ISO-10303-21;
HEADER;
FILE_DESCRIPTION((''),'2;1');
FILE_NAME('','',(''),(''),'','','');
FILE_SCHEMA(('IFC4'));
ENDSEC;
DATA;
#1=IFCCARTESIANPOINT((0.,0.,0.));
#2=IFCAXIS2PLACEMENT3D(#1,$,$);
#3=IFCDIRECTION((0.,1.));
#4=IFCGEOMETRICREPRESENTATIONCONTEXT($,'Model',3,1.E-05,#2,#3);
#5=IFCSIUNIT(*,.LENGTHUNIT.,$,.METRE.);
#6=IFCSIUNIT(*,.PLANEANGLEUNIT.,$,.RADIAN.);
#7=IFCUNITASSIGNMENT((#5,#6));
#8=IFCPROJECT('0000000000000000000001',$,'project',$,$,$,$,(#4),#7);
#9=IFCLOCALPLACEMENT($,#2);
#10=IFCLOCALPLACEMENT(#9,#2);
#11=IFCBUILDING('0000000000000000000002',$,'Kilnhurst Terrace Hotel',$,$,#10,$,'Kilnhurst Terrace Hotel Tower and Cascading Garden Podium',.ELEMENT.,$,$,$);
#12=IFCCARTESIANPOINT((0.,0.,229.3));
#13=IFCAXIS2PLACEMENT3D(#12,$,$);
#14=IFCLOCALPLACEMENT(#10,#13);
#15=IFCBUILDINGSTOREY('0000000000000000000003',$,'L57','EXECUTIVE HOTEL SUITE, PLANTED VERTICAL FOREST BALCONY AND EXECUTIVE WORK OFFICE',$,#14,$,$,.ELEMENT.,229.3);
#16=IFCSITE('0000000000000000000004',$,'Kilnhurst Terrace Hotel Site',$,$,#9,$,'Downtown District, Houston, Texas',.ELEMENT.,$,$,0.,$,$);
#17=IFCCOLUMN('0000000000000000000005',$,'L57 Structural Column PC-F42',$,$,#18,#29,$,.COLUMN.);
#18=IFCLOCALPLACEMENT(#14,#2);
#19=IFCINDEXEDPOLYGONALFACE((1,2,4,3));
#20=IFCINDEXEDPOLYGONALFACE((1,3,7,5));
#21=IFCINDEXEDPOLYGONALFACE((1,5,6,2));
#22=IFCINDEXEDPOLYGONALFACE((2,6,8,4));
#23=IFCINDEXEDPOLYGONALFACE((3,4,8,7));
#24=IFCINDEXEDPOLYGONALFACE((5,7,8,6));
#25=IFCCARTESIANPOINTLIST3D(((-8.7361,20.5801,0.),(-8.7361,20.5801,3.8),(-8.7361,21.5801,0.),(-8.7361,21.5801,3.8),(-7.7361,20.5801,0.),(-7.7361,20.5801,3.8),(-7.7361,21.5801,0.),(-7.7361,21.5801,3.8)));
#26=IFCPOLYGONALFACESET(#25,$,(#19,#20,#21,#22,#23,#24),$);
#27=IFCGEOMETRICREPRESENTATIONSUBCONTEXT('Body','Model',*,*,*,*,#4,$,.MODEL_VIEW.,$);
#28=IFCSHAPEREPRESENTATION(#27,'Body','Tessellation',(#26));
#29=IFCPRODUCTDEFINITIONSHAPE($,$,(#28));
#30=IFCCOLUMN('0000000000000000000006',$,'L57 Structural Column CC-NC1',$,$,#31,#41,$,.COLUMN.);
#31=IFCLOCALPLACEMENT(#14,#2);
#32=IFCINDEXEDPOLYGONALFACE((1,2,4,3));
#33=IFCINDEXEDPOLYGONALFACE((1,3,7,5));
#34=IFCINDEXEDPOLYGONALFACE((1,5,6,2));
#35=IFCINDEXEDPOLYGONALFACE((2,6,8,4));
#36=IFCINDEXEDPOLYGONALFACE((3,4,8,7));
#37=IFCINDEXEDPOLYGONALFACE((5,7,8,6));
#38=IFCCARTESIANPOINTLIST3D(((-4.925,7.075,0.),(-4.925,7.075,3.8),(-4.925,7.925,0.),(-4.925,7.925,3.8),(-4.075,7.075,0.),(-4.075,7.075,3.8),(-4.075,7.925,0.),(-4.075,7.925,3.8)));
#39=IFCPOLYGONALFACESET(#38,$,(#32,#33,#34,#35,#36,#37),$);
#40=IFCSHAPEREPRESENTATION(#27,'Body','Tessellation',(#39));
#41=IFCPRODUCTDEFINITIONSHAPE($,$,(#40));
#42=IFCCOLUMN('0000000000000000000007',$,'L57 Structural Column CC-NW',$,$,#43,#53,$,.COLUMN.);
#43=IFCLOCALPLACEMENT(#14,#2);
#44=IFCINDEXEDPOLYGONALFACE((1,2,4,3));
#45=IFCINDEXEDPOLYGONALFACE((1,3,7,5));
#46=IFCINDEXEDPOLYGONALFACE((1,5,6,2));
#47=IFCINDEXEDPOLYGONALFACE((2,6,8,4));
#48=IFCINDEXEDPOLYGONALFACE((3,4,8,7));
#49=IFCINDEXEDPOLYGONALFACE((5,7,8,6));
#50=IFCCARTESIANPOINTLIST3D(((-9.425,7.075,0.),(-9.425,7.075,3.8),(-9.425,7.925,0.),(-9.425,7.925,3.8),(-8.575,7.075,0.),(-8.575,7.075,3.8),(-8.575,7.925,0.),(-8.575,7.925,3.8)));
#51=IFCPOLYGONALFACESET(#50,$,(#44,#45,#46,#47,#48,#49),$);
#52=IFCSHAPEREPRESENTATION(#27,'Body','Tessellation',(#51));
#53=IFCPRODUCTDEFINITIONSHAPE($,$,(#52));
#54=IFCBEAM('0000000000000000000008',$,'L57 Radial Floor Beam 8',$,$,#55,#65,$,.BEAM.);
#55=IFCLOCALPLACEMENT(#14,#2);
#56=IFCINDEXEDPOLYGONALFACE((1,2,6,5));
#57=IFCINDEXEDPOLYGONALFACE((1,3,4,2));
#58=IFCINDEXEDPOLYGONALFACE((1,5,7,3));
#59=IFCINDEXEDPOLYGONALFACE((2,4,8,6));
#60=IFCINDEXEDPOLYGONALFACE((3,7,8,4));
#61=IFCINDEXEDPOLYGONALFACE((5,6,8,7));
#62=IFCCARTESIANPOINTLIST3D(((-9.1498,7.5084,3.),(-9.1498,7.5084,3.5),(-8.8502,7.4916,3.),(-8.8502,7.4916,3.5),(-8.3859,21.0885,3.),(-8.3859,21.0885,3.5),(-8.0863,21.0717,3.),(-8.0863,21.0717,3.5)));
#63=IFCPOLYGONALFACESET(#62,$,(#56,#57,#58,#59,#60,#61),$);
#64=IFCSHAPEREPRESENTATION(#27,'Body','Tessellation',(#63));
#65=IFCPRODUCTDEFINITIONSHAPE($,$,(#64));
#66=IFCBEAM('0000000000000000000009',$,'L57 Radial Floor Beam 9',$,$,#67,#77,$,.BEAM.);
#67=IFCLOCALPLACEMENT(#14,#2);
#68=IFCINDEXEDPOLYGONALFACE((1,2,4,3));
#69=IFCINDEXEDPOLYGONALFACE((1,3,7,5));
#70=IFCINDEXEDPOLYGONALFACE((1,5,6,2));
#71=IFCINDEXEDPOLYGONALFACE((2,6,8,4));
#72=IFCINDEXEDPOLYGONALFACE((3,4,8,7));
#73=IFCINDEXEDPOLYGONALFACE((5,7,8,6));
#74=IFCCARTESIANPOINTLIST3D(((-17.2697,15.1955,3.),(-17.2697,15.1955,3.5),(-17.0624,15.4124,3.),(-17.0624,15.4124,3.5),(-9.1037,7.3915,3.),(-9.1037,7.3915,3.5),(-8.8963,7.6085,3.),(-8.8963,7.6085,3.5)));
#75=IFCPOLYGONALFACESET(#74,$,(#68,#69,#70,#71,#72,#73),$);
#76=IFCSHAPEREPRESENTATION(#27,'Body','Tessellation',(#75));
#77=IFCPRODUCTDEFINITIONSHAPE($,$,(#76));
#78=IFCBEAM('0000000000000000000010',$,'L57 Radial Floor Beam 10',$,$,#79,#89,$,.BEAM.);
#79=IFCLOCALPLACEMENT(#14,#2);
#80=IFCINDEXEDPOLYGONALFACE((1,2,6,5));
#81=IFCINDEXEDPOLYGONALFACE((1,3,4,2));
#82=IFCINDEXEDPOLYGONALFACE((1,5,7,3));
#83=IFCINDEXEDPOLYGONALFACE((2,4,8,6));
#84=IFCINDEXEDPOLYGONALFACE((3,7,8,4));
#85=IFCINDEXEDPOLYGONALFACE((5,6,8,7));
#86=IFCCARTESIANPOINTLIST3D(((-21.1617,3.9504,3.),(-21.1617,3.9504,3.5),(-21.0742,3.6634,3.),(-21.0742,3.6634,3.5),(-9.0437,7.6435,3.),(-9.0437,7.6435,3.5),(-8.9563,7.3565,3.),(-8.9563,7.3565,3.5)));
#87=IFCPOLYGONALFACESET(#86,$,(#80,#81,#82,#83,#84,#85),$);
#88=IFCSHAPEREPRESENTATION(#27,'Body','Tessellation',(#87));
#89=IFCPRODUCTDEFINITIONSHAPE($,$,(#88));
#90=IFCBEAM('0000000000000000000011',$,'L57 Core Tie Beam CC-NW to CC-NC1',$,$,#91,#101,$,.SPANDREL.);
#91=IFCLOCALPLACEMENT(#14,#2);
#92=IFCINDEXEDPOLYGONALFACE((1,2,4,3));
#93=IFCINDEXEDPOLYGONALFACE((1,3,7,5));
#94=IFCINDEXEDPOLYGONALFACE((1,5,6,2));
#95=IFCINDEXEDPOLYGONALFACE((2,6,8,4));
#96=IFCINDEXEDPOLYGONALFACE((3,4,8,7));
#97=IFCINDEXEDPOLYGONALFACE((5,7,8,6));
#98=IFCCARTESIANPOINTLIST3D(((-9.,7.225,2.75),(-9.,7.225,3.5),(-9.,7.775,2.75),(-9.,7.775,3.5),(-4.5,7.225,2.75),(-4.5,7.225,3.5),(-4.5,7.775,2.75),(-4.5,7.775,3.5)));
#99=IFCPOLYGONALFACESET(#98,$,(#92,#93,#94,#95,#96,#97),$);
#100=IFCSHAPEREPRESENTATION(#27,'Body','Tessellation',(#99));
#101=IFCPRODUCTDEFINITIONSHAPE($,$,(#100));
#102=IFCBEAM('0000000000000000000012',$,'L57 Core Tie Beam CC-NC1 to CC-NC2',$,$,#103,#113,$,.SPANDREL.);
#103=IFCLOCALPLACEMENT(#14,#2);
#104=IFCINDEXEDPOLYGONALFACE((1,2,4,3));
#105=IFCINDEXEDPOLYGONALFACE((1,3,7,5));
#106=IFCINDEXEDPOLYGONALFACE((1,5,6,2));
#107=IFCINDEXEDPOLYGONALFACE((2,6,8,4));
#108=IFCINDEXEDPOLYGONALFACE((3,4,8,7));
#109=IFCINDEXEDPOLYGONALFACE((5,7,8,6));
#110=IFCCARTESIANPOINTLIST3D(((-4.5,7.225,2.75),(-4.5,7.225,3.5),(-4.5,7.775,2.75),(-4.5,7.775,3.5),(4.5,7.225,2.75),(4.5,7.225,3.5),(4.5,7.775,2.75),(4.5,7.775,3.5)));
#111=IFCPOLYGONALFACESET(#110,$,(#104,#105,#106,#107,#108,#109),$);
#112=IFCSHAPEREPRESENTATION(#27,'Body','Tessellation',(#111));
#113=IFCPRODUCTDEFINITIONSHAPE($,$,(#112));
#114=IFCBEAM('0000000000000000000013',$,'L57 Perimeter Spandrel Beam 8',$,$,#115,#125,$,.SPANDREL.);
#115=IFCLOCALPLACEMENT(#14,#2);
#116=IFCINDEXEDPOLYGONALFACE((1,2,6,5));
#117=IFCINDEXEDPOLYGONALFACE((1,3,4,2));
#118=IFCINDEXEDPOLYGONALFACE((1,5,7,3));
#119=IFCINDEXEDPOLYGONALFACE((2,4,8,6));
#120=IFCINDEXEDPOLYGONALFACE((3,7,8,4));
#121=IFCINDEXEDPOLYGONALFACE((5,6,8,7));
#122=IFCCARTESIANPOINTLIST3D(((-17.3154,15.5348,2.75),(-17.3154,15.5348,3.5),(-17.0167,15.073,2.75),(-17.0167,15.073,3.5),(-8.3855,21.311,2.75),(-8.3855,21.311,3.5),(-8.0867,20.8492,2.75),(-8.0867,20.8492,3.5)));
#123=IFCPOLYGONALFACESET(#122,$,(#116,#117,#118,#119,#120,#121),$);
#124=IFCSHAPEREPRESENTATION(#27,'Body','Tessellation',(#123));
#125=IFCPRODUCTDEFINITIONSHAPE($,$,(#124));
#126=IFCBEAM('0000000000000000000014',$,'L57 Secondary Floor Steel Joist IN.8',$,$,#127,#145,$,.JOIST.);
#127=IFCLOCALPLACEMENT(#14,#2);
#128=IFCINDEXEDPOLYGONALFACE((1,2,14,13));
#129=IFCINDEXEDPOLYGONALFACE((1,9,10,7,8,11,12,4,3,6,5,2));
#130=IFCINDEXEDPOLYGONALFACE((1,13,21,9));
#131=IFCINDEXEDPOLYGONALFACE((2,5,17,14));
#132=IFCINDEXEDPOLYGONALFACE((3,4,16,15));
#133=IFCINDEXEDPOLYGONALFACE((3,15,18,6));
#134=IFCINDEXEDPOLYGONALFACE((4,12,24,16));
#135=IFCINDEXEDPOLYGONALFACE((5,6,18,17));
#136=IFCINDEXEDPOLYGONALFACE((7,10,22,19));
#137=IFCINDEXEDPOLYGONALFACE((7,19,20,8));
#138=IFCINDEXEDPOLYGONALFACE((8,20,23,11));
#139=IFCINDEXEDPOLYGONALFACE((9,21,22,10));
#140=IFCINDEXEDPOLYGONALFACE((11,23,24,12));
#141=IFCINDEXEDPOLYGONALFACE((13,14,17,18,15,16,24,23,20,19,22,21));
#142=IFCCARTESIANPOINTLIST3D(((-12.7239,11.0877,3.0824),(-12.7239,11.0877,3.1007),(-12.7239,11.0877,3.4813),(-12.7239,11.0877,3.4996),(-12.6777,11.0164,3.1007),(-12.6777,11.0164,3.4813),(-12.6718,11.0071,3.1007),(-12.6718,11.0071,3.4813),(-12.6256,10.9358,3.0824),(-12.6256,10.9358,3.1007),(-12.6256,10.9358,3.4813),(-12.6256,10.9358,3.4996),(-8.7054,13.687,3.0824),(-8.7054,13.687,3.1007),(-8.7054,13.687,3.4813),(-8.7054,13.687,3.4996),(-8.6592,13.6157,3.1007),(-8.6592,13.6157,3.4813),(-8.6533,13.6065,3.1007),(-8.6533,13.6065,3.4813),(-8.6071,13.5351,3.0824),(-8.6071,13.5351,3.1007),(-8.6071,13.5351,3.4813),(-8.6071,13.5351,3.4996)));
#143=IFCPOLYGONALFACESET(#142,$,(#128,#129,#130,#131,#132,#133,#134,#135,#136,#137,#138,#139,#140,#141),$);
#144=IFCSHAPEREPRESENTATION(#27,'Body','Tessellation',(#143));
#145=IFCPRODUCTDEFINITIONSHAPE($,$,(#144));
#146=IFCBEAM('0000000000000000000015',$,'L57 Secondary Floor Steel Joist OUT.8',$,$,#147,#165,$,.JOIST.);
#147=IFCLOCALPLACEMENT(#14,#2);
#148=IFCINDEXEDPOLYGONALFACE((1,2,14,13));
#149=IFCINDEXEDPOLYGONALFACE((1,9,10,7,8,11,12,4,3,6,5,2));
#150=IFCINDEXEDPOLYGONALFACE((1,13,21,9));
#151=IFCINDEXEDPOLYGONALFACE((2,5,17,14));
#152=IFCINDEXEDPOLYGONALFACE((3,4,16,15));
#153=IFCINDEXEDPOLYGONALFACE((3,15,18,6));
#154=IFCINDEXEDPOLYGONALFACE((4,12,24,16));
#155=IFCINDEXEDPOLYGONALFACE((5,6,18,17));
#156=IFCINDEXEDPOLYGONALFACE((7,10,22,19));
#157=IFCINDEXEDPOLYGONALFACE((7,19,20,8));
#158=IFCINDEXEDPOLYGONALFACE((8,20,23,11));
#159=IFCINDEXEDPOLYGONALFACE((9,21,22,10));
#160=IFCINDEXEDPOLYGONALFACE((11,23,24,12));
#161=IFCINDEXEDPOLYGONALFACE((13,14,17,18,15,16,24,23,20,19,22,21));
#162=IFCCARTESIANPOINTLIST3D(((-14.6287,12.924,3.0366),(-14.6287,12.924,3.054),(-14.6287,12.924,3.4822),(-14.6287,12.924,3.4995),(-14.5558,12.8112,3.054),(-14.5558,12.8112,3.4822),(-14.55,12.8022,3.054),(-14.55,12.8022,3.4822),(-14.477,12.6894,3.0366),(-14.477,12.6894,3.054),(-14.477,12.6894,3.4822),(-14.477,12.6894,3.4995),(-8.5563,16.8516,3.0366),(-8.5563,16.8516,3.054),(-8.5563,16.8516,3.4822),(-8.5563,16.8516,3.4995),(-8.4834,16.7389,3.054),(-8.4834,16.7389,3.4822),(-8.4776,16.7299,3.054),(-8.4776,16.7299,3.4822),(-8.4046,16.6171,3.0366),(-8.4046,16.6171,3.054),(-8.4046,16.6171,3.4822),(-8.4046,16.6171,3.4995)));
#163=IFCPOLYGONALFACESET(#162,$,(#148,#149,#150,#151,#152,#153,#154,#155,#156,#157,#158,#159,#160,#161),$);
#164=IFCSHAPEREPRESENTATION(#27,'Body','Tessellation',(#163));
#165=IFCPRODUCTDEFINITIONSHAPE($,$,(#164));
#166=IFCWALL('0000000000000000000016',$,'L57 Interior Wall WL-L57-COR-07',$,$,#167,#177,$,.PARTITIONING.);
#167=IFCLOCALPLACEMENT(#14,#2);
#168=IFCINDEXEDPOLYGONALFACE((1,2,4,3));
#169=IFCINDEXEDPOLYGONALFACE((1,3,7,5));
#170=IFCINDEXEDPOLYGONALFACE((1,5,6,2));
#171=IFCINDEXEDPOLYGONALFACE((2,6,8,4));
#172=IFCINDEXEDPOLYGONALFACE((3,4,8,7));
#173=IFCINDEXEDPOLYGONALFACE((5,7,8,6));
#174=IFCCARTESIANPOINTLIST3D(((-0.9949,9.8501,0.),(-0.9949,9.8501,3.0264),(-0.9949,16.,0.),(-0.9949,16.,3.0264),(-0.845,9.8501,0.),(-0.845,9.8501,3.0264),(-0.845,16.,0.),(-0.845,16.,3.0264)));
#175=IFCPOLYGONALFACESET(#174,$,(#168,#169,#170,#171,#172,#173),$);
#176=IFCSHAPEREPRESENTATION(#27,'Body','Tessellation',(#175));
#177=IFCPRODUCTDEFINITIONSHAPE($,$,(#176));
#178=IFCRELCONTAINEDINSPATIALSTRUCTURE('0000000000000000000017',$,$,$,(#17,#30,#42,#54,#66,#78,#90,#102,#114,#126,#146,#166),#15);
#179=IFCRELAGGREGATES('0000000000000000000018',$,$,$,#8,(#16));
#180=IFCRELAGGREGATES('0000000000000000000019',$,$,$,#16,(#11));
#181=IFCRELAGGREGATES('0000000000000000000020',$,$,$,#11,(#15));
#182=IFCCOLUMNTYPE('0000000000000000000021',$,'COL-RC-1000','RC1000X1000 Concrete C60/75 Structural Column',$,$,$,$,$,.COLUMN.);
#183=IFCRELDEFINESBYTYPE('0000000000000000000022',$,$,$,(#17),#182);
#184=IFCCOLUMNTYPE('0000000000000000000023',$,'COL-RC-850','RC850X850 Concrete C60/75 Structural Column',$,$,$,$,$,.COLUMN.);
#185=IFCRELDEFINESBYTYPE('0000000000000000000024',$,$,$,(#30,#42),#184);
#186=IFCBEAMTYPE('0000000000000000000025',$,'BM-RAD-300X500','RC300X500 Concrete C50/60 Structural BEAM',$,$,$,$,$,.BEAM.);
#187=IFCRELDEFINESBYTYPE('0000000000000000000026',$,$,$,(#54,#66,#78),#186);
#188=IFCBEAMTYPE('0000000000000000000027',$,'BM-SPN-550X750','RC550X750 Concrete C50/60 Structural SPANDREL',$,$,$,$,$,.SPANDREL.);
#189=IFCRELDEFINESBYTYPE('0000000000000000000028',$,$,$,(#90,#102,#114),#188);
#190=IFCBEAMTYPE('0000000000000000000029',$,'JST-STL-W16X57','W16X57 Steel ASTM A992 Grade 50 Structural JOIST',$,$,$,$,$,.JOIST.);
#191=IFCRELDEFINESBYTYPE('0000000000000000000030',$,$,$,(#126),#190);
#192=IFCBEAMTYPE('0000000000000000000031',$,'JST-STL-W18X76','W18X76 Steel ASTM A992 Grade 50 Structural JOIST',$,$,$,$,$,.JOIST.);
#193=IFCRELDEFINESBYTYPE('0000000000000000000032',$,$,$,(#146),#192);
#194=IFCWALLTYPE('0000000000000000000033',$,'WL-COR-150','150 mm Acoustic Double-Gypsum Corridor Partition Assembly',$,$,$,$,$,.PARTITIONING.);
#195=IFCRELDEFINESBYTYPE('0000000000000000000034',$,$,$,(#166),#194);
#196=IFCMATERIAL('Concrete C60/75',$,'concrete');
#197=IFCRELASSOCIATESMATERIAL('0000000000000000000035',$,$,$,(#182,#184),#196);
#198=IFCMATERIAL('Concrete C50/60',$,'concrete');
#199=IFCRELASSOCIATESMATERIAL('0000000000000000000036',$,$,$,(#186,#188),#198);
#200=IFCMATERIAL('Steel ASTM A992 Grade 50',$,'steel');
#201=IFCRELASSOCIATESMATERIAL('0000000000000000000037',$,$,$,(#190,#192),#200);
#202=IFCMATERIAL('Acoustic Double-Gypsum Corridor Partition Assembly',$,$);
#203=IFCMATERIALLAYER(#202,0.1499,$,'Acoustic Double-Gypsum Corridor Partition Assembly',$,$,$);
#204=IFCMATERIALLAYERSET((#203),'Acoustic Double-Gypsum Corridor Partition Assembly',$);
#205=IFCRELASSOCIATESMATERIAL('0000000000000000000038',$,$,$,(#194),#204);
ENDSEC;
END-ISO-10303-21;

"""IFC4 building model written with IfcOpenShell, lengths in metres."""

from ifc_helpers import new_model, si_unit, direction, frame, frame_2d, origin, origin_2d, place, context, subcontext, project, spatial, rectangle, i_section, extrude, material, layer, layer_set, material_profile, profile_set, type_object, element, save


model = new_model("IFC4")

# Units and contexts
model_context = context("Model", 3, precision=1e-05, world=origin(), true_north=direction((0.0, 1.0)))
body_context = subcontext(model_context, "Body", "Model", "MODEL_VIEW")
ifc_project = project(units=[si_unit("LENGTHUNIT", "METRE"), si_unit("PLANEANGLEUNIT", "RADIAN")], contexts=[model_context])

# Site, building, storey
site_placement = place(None, origin())
site = spatial("IfcSite", under=ifc_project, at=site_placement, Name="Kilnhurst Terrace Hotel Site", LongName="Downtown District, Houston, Texas", CompositionType="ELEMENT", RefElevation=0.0)
building_placement = place(site_placement, origin())
building = spatial("IfcBuilding", under=site, at=building_placement, Name="Kilnhurst Terrace Hotel", LongName="Kilnhurst Terrace Hotel Tower and Cascading Garden Podium", CompositionType="ELEMENT")
storey_placement = place(building_placement, frame((0.0, 0.0, 229.3)))
storey = spatial("IfcBuildingStorey", under=building, at=storey_placement, Name="L57", Description="EXECUTIVE HOTEL SUITE, PLANTED VERTICAL FOREST BALCONY AND EXECUTIVE WORK OFFICE", CompositionType="ELEMENT", Elevation=229.3)

# Columns
ifc_material_1 = material(Name="Concrete C60/75", Category="concrete")
ifc_material_profile_1 = material_profile(ifc_material_1, rectangle(XDim=1.0, YDim=1.0, at=origin_2d()), Name="RC1000X1000")
ifc_profile_set_1 = profile_set([ifc_material_profile_1], Name="Concrete C60/75")
column_type_1 = type_object("IfcColumnType", Name="COL-RC-1000", Description="RC1000X1000 Concrete C60/75 Structural Column", PredefinedType="COLUMN", material=ifc_profile_set_1)
column_placement = place(storey_placement, frame((-8.2361, 21.0801, 0.0), z_axis=(0.0, 0.0, 1.0), x_axis=(1.0, 0.0, 0.0)))
element("IfcColumn", 1, at=column_placement, inside=storey, type_object=column_type_1, Name="L57 Structural Column PC-F42", PredefinedType="COLUMN", context=body_context, shape_type="SweptSolid", body=[
    extrude(rectangle(XDim=1.0, YDim=1.0, at=origin_2d()), origin(), (0.0, 0.0, 1.0), 3.8),
])
ifc_material_profile_2 = material_profile(ifc_material_1, rectangle(XDim=0.8501, YDim=0.8501, at=origin_2d()), Name="RC850X850")
ifc_profile_set_2 = profile_set([ifc_material_profile_2], Name="Concrete C60/75")
column_type_2 = type_object("IfcColumnType", Name="COL-RC-850", Description="RC850X850 Concrete C60/75 Structural Column", PredefinedType="COLUMN", material=ifc_profile_set_2)
for number, where, z_axis, x_axis, name in (
    (2, (-4.5, 7.5, 0.0), (0.0, 0.0, 1.0), (1.0, 0.0, 0.0), "L57 Structural Column CC-NC1"),
    (3, (-9.0, 7.5, 0.0), (0.0, 0.0, 1.0), (1.0, 0.0, 0.0), "L57 Structural Column CC-NW"),
):
    element("IfcColumn", number, at=place(storey_placement, frame(where, z_axis=z_axis, x_axis=x_axis)), inside=storey, type_object=column_type_2, Name=name, PredefinedType="COLUMN", context=body_context, shape_type="SweptSolid", body=[
        extrude(rectangle(XDim=0.8501, YDim=0.8501, at=origin_2d()), origin(), (0.0, 0.0, 1.0), 3.8),
    ])

# Beams
ifc_material_2 = material(Name="Concrete C50/60", Category="concrete")
ifc_material_profile_3 = material_profile(ifc_material_2, rectangle(XDim=0.3, YDim=0.5, at=origin_2d()), Name="RC300X500")
ifc_profile_set_3 = profile_set([ifc_material_profile_3], Name="Concrete C50/60")
beam_type_1 = type_object("IfcBeamType", Name="BM-RAD-300X500", Description="RC300X500 Concrete C50/60 Structural BEAM", PredefinedType="BEAM", material=ifc_profile_set_3)
beam_1_placement = place(storey_placement, frame((-9.0, 7.5, 3.25), z_axis=(0.056164, 0.998422, 0.0), x_axis=(-0.998422, 0.056164, 0.0)))
element("IfcBeam", 4, at=beam_1_placement, inside=storey, type_object=beam_type_1, Name="L57 Radial Floor Beam 8", PredefinedType="BEAM", context=body_context, shape_type="SweptSolid", body=[
    extrude(rectangle(XDim=0.3, YDim=0.5, at=origin_2d()), origin(), (0.0, 0.0, 1.0), 13.6016),
])
beam_2_placement = place(storey_placement, frame((-9.0, 7.5, 3.25), z_axis=(-0.722952, 0.690898, 0.0), x_axis=(-0.690898, -0.722952, 0.0)))
element("IfcBeam", 5, at=beam_2_placement, inside=storey, type_object=beam_type_1, Name="L57 Radial Floor Beam 9", PredefinedType="BEAM", context=body_context, shape_type="SweptSolid", body=[
    extrude(rectangle(XDim=0.3, YDim=0.5, at=origin_2d()), origin(), (0.0, 0.0, 1.0), 11.2954),
])
beam_3_placement = place(storey_placement, frame((-9.0, 7.5, 3.25), z_axis=(-0.956563, -0.291527, 0.0), x_axis=(0.291527, -0.956563, 0.0)))
element("IfcBeam", 6, at=beam_3_placement, inside=storey, type_object=beam_type_1, Name="L57 Radial Floor Beam 10", PredefinedType="BEAM", context=body_context, shape_type="SweptSolid", body=[
    extrude(rectangle(XDim=0.3, YDim=0.5, at=origin_2d()), origin(), (0.0, 0.0, 1.0), 12.6682),
])
ifc_material_profile_4 = material_profile(ifc_material_2, rectangle(XDim=0.55, YDim=0.75, at=origin_2d()), Name="RC550X750")
ifc_profile_set_4 = profile_set([ifc_material_profile_4], Name="Concrete C50/60")
beam_type_2 = type_object("IfcBeamType", Name="BM-SPN-550X750", Description="RC550X750 Concrete C50/60 Structural SPANDREL", PredefinedType="SPANDREL", material=ifc_profile_set_4)
beam_4_placement = place(storey_placement, frame((-9.0, 7.5, 3.125), z_axis=(1.0, 0.0, 0.0), x_axis=(0.0, 1.0, 0.0)))
element("IfcBeam", 7, at=beam_4_placement, inside=storey, type_object=beam_type_2, Name="L57 Core Tie Beam CC-NW to CC-NC1", PredefinedType="SPANDREL", context=body_context, shape_type="SweptSolid", body=[
    extrude(rectangle(XDim=0.55, YDim=0.75, at=origin_2d()), origin(), (0.0, 0.0, 1.0), 4.5),
])
beam_5_placement = place(storey_placement, frame((-4.5, 7.5, 3.125), z_axis=(1.0, 0.0, 0.0), x_axis=(0.0, 1.0, 0.0)))
element("IfcBeam", 8, at=beam_5_placement, inside=storey, type_object=beam_type_2, Name="L57 Core Tie Beam CC-NC1 to CC-NC2", PredefinedType="SPANDREL", context=body_context, shape_type="SweptSolid", body=[
    extrude(rectangle(XDim=0.55, YDim=0.75, at=origin_2d()), origin(), (0.0, 0.0, 1.0), 9.0),
])
beam_6_placement = place(storey_placement, frame((-8.2361, 21.0801, 3.125), z_axis=(-0.839659, -0.543114, 0.0), x_axis=(0.543114, -0.839659, 0.0)))
element("IfcBeam", 9, at=beam_6_placement, inside=storey, type_object=beam_type_2, Name="L57 Perimeter Spandrel Beam 8", PredefinedType="SPANDREL", context=body_context, shape_type="SweptSolid", body=[
    extrude(rectangle(XDim=0.55, YDim=0.75, at=origin_2d()), origin(), (0.0, 0.0, 1.0), 10.6353),
])
ifc_material_3 = material(Name="Steel ASTM A992 Grade 50", Category="steel")
ifc_material_profile_5 = material_profile(ifc_material_3, i_section(OverallWidth=0.1809, OverallDepth=0.4172, WebThickness=0.011, FlangeThickness=0.0183, at=origin_2d()), Name="W16X57")
ifc_profile_set_5 = profile_set([ifc_material_profile_5], Name="Steel ASTM A992 Grade 50")
beam_type_3 = type_object("IfcBeamType", Name="JST-STL-W16X57", Description="W16X57 Steel ASTM A992 Grade 50 Structural JOIST", PredefinedType="JOIST", material=ifc_profile_set_5)
beam_7_placement = place(storey_placement, frame((-8.6562, 13.6111, 3.291), z_axis=(-0.839654, -0.543122, 0.0), x_axis=(0.543122, -0.839654, 0.0)))
element("IfcBeam", 10, at=beam_7_placement, inside=storey, type_object=beam_type_3, Name="L57 Secondary Floor Steel Joist IN.8", PredefinedType="JOIST", context=body_context, shape_type="SweptSolid", body=[
    extrude(i_section(OverallWidth=0.1809, OverallDepth=0.4172, WebThickness=0.011, FlangeThickness=0.0183, at=origin_2d()), origin(), (0.0, 0.0, 1.0), 4.7859),
])
ifc_material_profile_6 = material_profile(ifc_material_3, i_section(OverallWidth=0.2793, OverallDepth=0.4629, WebThickness=0.0107, FlangeThickness=0.0173, at=origin_2d()), Name="W18X76")
ifc_profile_set_6 = profile_set([ifc_material_profile_6], Name="Steel ASTM A992 Grade 50")
beam_type_4 = type_object("IfcBeamType", Name="JST-STL-W18X76", Description="W18X76 Steel ASTM A992 Grade 50 Structural JOIST", PredefinedType="JOIST", material=ifc_profile_set_6)
beam_8_placement = place(storey_placement, frame((-8.4805, 16.7344, 3.2681), z_axis=(-0.839667, -0.543101, 0.0), x_axis=(0.543101, -0.839667, 0.0)))
element("IfcBeam", 11, at=beam_8_placement, inside=storey, type_object=beam_type_4, Name="L57 Secondary Floor Steel Joist OUT.8", PredefinedType="JOIST", context=body_context, shape_type="SweptSolid", body=[
    extrude(i_section(OverallWidth=0.2793, OverallDepth=0.4629, WebThickness=0.0107, FlangeThickness=0.0173, at=origin_2d()), origin(), (0.0, 0.0, 1.0), 7.2319),
])

# Wall
ifc_material_4 = material(Name="Acoustic Double-Gypsum Corridor Partition Assembly")
ifc_layer_1 = layer(ifc_material_4, 0.1499, Name="Acoustic Double-Gypsum Corridor Partition Assembly")
ifc_layer_set_1 = layer_set([ifc_layer_1], Name="Acoustic Double-Gypsum Corridor Partition Assembly")
wall_type_1 = type_object("IfcWallType", Name="WL-COR-150", Description="150 mm Acoustic Double-Gypsum Corridor Partition Assembly", PredefinedType="PARTITIONING", material=ifc_layer_set_1)
wall_1_placement = place(storey_placement, frame((-0.9199, 9.8501, 0.0), z_axis=(0.0, 0.0, 1.0), x_axis=(0.0, 1.0, 0.0)))
element("IfcWall", 12, at=wall_1_placement, inside=storey, type_object=wall_type_1, Name="L57 Interior Wall WL-L57-COR-07", PredefinedType="PARTITIONING", context=body_context, shape_type="SweptSolid", body=[
    extrude(rectangle(XDim=6.1499, YDim=0.1499, at=frame_2d((3.075, 0.0))), origin(), (0.0, 0.0, 1.0), 3.0264),
])

save(model, "model.ifc")
